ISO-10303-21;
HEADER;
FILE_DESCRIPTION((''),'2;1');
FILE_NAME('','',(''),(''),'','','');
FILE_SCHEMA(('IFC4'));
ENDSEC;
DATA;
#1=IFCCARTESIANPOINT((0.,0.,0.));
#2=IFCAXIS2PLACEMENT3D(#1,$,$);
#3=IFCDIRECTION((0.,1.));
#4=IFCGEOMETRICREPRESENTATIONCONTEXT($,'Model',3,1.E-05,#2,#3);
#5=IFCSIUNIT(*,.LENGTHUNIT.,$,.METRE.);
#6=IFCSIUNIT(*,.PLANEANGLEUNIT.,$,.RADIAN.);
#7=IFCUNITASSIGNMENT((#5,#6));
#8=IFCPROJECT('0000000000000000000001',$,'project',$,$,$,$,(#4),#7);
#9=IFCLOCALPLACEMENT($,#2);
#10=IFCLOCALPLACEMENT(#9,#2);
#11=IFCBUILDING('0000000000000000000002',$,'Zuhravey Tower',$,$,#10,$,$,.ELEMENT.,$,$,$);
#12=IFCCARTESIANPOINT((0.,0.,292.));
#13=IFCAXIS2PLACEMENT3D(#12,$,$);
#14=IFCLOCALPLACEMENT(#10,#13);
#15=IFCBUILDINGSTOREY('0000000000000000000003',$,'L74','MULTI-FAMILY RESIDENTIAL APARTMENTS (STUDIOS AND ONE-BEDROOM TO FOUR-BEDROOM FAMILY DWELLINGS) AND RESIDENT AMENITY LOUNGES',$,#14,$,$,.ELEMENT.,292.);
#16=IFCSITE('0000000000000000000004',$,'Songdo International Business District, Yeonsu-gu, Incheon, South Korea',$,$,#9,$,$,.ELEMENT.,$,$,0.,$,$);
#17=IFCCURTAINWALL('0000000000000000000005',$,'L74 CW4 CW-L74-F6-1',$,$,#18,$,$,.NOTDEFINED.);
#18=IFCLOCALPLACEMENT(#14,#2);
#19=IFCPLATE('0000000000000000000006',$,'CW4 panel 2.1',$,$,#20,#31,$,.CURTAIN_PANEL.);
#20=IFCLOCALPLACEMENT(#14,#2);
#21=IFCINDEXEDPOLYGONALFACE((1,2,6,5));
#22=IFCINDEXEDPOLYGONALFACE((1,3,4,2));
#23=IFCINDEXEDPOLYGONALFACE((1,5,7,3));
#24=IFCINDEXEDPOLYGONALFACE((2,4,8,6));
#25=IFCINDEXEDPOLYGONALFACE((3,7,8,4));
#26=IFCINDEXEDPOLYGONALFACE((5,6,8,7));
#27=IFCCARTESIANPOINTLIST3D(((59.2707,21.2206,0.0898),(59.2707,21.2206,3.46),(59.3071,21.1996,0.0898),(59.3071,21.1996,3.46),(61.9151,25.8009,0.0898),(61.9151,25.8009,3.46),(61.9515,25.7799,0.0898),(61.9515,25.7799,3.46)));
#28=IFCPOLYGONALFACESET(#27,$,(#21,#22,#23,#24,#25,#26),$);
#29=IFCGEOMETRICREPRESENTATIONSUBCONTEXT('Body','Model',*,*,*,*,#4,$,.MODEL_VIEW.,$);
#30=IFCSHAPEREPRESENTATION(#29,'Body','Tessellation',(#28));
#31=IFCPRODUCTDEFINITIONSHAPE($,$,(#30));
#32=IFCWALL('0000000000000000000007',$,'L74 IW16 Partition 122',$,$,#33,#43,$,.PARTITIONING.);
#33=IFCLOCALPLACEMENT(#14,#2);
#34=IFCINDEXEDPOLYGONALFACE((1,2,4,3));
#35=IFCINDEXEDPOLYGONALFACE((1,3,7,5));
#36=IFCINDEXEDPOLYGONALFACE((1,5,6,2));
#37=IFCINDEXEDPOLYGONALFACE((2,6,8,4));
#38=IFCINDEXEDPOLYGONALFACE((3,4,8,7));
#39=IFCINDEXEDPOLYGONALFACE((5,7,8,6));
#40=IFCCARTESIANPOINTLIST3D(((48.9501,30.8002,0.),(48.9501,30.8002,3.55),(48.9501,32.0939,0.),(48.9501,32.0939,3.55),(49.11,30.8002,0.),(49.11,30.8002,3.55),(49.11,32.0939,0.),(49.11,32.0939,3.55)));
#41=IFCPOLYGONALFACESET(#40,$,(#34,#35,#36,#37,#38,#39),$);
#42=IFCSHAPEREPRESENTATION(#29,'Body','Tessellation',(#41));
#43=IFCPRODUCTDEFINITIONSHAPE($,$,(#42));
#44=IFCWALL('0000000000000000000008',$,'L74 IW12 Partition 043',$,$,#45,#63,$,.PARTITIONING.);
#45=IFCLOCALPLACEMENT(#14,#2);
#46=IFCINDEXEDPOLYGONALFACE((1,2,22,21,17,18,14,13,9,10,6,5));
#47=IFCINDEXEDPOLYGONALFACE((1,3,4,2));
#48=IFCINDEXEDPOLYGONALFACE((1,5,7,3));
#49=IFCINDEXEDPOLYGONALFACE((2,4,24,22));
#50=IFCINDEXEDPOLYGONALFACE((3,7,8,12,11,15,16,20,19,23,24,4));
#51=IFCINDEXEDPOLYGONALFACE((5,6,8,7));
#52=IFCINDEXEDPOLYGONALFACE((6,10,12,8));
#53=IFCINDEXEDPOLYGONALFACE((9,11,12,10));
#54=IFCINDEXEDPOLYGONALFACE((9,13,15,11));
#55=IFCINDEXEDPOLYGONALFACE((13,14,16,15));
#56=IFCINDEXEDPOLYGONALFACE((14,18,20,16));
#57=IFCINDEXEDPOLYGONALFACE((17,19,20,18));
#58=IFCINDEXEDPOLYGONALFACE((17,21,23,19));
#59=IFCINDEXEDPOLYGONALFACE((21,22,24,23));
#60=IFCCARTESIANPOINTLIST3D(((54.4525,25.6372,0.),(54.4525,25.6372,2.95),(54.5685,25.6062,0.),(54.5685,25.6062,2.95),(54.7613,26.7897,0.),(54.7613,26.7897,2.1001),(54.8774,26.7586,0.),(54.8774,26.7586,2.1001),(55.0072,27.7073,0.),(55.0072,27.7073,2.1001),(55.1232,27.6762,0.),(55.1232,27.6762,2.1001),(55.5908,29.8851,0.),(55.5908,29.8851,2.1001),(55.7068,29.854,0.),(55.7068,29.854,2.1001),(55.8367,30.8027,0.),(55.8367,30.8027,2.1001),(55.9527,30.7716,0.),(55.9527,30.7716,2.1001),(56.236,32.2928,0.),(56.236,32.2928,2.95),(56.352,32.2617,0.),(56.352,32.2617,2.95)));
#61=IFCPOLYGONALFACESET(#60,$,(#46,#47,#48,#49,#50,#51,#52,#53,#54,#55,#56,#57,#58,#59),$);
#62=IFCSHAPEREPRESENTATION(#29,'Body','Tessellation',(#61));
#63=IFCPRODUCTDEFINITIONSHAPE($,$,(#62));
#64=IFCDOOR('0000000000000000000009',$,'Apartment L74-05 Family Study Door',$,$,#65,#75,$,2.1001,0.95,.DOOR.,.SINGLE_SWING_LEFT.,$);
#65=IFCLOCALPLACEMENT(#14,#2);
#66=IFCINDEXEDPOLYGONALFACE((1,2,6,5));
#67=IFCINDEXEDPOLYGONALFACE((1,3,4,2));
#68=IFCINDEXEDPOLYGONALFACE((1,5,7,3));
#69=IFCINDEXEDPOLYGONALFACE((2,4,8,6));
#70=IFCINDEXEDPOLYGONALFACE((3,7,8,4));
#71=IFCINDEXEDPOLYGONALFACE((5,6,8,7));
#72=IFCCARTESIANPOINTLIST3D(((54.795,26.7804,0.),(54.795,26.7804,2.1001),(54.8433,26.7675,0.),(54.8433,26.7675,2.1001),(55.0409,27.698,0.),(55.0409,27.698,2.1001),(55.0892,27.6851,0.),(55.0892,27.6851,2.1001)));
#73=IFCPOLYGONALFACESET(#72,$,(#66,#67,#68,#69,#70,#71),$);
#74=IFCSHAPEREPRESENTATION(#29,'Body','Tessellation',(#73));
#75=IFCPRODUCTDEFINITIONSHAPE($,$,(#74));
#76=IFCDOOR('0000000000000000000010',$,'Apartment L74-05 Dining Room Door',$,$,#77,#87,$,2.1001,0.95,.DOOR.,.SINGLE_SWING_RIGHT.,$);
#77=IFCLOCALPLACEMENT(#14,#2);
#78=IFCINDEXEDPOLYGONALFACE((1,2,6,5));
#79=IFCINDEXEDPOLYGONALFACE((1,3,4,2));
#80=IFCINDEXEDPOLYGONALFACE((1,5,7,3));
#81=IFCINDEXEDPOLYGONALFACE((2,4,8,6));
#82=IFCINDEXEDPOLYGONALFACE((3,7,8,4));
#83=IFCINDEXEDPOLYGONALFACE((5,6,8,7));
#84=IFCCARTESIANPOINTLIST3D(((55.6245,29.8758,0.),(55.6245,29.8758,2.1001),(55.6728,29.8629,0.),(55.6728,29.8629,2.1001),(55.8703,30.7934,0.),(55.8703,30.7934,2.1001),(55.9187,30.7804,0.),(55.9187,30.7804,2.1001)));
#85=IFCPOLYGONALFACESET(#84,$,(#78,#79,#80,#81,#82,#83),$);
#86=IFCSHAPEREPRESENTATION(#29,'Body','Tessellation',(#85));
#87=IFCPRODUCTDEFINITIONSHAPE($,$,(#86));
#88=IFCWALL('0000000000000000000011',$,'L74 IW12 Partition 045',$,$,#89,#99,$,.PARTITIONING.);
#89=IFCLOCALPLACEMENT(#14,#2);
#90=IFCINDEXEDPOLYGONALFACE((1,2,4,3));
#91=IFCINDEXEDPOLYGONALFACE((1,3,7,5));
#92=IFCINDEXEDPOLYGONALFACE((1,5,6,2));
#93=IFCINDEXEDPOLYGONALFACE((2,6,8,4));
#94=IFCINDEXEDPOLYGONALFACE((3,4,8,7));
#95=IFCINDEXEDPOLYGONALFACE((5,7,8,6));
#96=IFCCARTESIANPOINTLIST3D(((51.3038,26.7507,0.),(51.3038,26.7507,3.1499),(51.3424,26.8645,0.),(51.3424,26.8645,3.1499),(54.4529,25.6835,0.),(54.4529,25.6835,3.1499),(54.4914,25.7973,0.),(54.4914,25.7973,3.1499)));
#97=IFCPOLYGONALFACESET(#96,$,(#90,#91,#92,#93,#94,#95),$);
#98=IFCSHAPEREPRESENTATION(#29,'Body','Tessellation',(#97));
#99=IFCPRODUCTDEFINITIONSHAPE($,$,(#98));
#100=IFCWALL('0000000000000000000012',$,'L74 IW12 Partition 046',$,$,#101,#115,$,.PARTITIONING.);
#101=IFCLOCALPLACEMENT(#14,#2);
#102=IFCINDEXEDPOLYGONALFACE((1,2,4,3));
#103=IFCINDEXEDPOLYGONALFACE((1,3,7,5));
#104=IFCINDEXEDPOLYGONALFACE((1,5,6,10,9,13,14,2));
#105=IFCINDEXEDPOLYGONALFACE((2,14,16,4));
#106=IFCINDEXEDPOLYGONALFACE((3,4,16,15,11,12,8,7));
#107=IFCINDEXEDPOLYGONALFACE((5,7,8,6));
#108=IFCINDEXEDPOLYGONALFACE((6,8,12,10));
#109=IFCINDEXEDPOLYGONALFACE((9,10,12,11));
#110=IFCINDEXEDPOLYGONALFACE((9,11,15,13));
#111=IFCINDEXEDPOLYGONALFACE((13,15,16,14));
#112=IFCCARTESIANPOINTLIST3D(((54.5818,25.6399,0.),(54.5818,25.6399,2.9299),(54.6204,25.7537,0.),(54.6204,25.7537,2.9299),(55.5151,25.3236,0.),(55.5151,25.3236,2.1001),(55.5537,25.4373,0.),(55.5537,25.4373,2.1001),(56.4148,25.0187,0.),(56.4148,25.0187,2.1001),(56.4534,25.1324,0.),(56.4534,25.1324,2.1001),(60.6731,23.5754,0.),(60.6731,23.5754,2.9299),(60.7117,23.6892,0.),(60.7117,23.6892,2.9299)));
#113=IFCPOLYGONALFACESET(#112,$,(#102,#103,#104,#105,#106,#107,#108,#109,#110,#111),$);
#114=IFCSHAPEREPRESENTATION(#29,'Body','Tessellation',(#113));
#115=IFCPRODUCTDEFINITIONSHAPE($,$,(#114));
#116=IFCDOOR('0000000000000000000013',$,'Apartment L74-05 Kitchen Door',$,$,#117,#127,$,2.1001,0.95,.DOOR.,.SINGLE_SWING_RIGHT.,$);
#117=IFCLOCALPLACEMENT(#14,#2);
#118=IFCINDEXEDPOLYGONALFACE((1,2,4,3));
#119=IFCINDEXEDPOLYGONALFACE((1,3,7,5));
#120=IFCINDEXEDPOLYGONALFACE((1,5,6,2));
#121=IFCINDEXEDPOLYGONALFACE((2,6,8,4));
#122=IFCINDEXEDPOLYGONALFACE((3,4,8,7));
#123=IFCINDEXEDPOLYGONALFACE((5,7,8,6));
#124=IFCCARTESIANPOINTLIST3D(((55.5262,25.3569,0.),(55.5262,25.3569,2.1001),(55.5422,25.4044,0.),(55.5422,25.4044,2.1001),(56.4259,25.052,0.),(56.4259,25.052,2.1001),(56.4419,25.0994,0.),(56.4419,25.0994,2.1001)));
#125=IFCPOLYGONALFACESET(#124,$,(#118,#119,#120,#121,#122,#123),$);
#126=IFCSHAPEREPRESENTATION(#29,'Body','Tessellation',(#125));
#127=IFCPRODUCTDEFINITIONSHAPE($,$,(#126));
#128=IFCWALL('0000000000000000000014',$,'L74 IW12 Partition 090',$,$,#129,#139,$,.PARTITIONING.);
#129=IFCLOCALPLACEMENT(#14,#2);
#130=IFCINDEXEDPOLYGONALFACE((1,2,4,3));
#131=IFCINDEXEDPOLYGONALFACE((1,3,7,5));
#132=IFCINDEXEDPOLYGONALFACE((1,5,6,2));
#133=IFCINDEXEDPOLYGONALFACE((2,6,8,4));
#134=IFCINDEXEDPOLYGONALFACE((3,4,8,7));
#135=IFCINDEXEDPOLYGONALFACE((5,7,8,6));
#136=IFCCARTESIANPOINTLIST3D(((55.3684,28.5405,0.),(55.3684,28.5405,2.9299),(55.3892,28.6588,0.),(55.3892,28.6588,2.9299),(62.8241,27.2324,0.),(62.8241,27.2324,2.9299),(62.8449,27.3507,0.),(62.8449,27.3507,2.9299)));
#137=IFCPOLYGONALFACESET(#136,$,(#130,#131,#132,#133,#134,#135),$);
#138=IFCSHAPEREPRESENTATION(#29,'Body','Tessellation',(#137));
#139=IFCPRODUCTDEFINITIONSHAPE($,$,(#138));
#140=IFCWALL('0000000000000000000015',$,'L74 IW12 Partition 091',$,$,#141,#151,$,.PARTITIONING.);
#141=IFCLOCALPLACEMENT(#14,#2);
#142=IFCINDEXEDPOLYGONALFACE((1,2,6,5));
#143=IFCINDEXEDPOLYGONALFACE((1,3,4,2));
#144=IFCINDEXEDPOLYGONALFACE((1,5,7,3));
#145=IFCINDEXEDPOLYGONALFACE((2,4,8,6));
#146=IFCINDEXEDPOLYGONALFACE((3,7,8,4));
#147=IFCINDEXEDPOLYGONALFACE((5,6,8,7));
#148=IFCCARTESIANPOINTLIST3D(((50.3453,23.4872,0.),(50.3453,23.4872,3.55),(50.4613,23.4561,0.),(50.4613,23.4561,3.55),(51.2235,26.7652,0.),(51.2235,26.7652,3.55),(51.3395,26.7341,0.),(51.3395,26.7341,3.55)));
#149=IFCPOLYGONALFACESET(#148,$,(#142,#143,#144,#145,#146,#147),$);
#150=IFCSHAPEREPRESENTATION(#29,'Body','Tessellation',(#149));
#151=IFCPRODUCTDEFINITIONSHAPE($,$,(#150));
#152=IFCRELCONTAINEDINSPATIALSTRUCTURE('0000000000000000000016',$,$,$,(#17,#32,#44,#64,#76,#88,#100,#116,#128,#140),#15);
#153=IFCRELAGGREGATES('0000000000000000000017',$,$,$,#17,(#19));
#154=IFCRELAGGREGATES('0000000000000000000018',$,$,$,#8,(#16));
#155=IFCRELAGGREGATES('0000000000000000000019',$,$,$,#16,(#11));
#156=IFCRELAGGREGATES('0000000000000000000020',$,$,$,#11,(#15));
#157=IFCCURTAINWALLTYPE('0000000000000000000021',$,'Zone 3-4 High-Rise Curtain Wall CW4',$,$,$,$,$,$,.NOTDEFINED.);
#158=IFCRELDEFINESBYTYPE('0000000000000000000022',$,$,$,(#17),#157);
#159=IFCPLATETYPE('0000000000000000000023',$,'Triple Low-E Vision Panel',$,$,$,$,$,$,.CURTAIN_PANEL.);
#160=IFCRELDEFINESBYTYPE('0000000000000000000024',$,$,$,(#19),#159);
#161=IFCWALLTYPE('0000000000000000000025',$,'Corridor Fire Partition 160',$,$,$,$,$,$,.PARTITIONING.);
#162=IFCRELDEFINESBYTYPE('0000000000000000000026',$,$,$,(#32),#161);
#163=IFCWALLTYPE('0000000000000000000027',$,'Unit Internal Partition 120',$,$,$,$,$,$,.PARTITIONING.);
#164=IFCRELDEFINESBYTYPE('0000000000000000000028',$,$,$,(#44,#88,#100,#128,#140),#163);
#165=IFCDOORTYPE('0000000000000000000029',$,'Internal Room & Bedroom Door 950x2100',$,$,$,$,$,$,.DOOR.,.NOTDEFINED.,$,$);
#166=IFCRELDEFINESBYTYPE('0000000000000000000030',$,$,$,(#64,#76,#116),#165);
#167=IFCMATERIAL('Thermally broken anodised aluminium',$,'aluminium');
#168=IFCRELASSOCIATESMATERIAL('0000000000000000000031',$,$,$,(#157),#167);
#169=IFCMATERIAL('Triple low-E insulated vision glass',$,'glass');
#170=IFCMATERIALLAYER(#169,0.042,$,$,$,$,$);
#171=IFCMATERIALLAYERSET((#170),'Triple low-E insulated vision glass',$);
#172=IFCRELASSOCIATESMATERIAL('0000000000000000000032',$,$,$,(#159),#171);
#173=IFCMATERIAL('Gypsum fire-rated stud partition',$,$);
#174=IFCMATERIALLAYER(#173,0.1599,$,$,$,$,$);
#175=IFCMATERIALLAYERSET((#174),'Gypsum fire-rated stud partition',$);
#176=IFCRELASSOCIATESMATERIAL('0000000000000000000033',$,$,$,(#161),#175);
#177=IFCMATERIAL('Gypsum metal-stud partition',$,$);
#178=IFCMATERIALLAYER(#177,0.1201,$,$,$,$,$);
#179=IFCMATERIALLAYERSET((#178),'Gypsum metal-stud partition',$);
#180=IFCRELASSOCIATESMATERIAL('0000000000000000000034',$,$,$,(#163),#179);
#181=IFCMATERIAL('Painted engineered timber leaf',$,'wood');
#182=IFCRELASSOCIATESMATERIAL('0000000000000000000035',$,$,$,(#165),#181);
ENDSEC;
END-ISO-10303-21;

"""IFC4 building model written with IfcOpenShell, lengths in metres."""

from ifc_helpers import new_model, si_unit, direction, frame, frame_2d, origin, origin_2d, place, context, subcontext, project, spatial, rectangle, extrude, material, layer, layer_set, type_object, element, fill, aggregate, save


model = new_model("IFC4")

# Units and contexts
model_context = context("Model", 3, precision=1e-05, world=origin(), true_north=direction((0.0, 1.0)))
body_context = subcontext(model_context, "Body", "Model", "MODEL_VIEW")
ifc_project = project(units=[si_unit("LENGTHUNIT", "METRE"), si_unit("PLANEANGLEUNIT", "RADIAN")], contexts=[model_context])

# Site, building, storey
site_placement = place(None, origin())
site = spatial("IfcSite", under=ifc_project, at=site_placement, Name="Songdo International Business District, Yeonsu-gu, Incheon, South Korea", CompositionType="ELEMENT", RefElevation=0.0)
building_placement = place(site_placement, origin())
building = spatial("IfcBuilding", under=site, at=building_placement, Name="Zuhravey Tower", CompositionType="ELEMENT")
storey_placement = place(building_placement, frame((0.0, 0.0, 292.0)))
storey = spatial("IfcBuildingStorey", under=building, at=storey_placement, Name="L74", Description="MULTI-FAMILY RESIDENTIAL APARTMENTS (STUDIOS AND ONE-BEDROOM TO FOUR-BEDROOM FAMILY DWELLINGS) AND RESIDENT AMENITY LOUNGES", CompositionType="ELEMENT", Elevation=292.0)

# Curtain wall
ifc_material_1 = material(Name="Thermally broken anodised aluminium", Category="aluminium")
curtain_wall_type = type_object("IfcCurtainWallType", Name="Zone 3-4 High-Rise Curtain Wall CW4", PredefinedType="NOTDEFINED", material=ifc_material_1)
curtain_wall_placement = place(storey_placement, origin())
curtain_wall = element("IfcCurtainWall", 1, at=curtain_wall_placement, inside=storey, type_object=curtain_wall_type, Name="L74 CW4 CW-L74-F6-1", PredefinedType="NOTDEFINED")

# Plate
ifc_material_2 = material(Name="Triple low-E insulated vision glass", Category="glass")
ifc_layer_1 = layer(ifc_material_2, 0.042)
ifc_layer_set_1 = layer_set([ifc_layer_1], Name="Triple low-E insulated vision glass")
plate_type_1 = type_object("IfcPlateType", Name="Triple Low-E Vision Panel", PredefinedType="CURTAIN_PANEL", material=ifc_layer_set_1)
plate_1_placement = place(storey_placement, frame((60.6111, 23.5002, 0.0898), z_axis=(0.0, 0.0, 1.0), x_axis=(-0.5, -0.866026, 0.0)))
plate_1 = element("IfcPlate", 2, at=plate_1_placement, type_object=plate_type_1, Name="CW4 panel 2.1", PredefinedType="CURTAIN_PANEL", context=body_context, shape_type="SweptSolid", body=[
    extrude(rectangle(XDim=5.2888, YDim=0.042, at=origin_2d()), origin(), (0.0, 0.0, 1.0), 3.3701),
])
aggregate(curtain_wall, [plate_1])

# Shared definitions
ifc_material_3 = material(Name="Gypsum fire-rated stud partition")
ifc_layer_2 = layer(ifc_material_3, 0.1599)
ifc_layer_set_2 = layer_set([ifc_layer_2], Name="Gypsum fire-rated stud partition")
wall_type_1 = type_object("IfcWallType", Name="Corridor Fire Partition 160", PredefinedType="PARTITIONING", material=ifc_layer_set_2)

# Wall
wall_1_placement = place(storey_placement, frame((49.03, 30.8, 0.0), z_axis=(0.0, 0.0, 1.0), x_axis=(0.0, 1.0, 0.0)))
element("IfcWall", 3, at=wall_1_placement, inside=storey, type_object=wall_type_1, Name="L74 IW16 Partition 122", PredefinedType="PARTITIONING", context=body_context, shape_type="SweptSolid", body=[
    extrude(rectangle(XDim=1.2937, YDim=0.1599, at=frame_2d((0.647, 0.0))), origin(), (0.0, 0.0, 1.0), 3.55),
])

# Wall, openings, doors
ifc_material_4 = material(Name="Gypsum metal-stud partition")
ifc_layer_3 = layer(ifc_material_4, 0.1201)
ifc_layer_set_3 = layer_set([ifc_layer_3], Name="Gypsum metal-stud partition")
wall_type_2 = type_object("IfcWallType", Name="Unit Internal Partition 120", PredefinedType="PARTITIONING", material=ifc_layer_set_3)
wall_2_placement = place(storey_placement, frame((54.5105, 25.6216, 0.0), z_axis=(0.0, 0.0, 1.0), x_axis=(0.258833, 0.965922, 0.0)))
wall_2 = element("IfcWall", 4, at=wall_2_placement, inside=storey, type_object=wall_type_2, Name="L74 IW12 Partition 043", PredefinedType="PARTITIONING", context=body_context, shape_type="SweptSolid", body=[
    extrude(rectangle(XDim=6.8904, YDim=0.1201, at=frame_2d((3.4453, 0.0))), origin(), (0.0, 0.0, 1.0), 2.95),
])
opening_1_placement = place(wall_2_placement, frame((1.1931, 0.0, 0.0)))
opening_1 = element("IfcOpeningElement", 5, at=opening_1_placement, cuts=wall_2, PredefinedType="OPENING", context=body_context, shape_type="SweptSolid", body=[
    extrude(rectangle(XDim=0.95, YDim=2.1001, at=frame_2d((0.4751, 1.05))), frame((0.0, 0.072, 0.0), z_axis=(0.0, -1.0, 0.0), x_axis=(1.0, 0.0, 0.0)), (0.0, 0.0, 1.0), 0.144),
])
opening_2_placement = place(wall_2_placement, frame((4.3977, 0.0, 0.0)))
opening_2 = element("IfcOpeningElement", 6, at=opening_2_placement, cuts=wall_2, PredefinedType="OPENING", context=body_context, shape_type="SweptSolid", body=[
    extrude(rectangle(XDim=0.95, YDim=2.1001, at=frame_2d((0.4751, 1.05))), frame((0.0, 0.072, 0.0), z_axis=(0.0, -1.0, 0.0), x_axis=(1.0, 0.0, 0.0)), (0.0, 0.0, 1.0), 0.144),
])
ifc_material_5 = material(Name="Painted engineered timber leaf", Category="wood")
door_type_1 = type_object("IfcDoorType", Name="Internal Room & Bedroom Door 950x2100", OperationType="NOTDEFINED", PredefinedType="DOOR", material=ifc_material_5)
door_1_placement = place(opening_1_placement, frame((0.95, 0.0, 0.0), z_axis=(0.0, 0.0, 1.0), x_axis=(-1.0, 0.0, 0.0)))
door_1 = element("IfcDoor", 7, at=door_1_placement, inside=storey, type_object=door_type_1, Name="Apartment L74-05 Family Study Door", OperationType="SINGLE_SWING_LEFT", OverallHeight=2.1001, OverallWidth=0.95, PredefinedType="DOOR", context=body_context, shape_type="SweptSolid", body=[
    extrude(rectangle(XDim=0.95, YDim=2.1001, at=frame_2d((0.4751, 1.05))), frame((0.0, 0.0249, 0.0), z_axis=(0.0, -1.0, 0.0), x_axis=(1.0, 0.0, 0.0)), (0.0, 0.0, 1.0), 0.05),
])
fill(opening_1, door_1)
door_2_placement = place(opening_2_placement, frame((0.95, 0.0, 0.0), z_axis=(0.0, 0.0, 1.0), x_axis=(-1.0, 0.0, 0.0)))
door_2 = element("IfcDoor", 8, at=door_2_placement, inside=storey, type_object=door_type_1, Name="Apartment L74-05 Dining Room Door", OperationType="SINGLE_SWING_RIGHT", OverallHeight=2.1001, OverallWidth=0.95, PredefinedType="DOOR", context=body_context, shape_type="SweptSolid", body=[
    extrude(rectangle(XDim=0.95, YDim=2.1001, at=frame_2d((0.4751, 1.05))), frame((0.0, 0.0249, 0.0), z_axis=(0.0, -1.0, 0.0), x_axis=(1.0, 0.0, 0.0)), (0.0, 0.0, 1.0), 0.05),
])
fill(opening_2, door_2)

# Wall
wall_3_placement = place(storey_placement, frame((51.323, 26.8076, 0.0), z_axis=(0.0, 0.0, 1.0), x_axis=(0.947093, -0.32096, 0.0)))
element("IfcWall", 9, at=wall_3_placement, inside=storey, type_object=wall_type_2, Name="L74 IW12 Partition 045", PredefinedType="PARTITIONING", context=body_context, shape_type="SweptSolid", body=[
    extrude(rectangle(XDim=3.325, YDim=0.1201, at=frame_2d((1.6626, 0.0))), origin(), (0.0, 0.0, 1.0), 3.1499),
])

# Wall, opening, door
wall_4_placement = place(storey_placement, frame((54.6011, 25.6968, 0.0), z_axis=(0.0, 0.0, 1.0), x_axis=(0.947085, -0.320984, 0.0)))
wall_4 = element("IfcWall", 10, at=wall_4_placement, inside=storey, type_object=wall_type_2, Name="L74 IW12 Partition 046", PredefinedType="PARTITIONING", context=body_context, shape_type="SweptSolid", body=[
    extrude(rectangle(XDim=6.4316, YDim=0.1201, at=frame_2d((3.2158, 0.0))), origin(), (0.0, 0.0, 1.0), 2.9299),
])
opening_3_placement = place(wall_4_placement, frame((0.9854, 0.0, 0.0)))
opening_3 = element("IfcOpeningElement", 11, at=opening_3_placement, cuts=wall_4, PredefinedType="OPENING", context=body_context, shape_type="SweptSolid", body=[
    extrude(rectangle(XDim=0.95, YDim=2.1001, at=frame_2d((0.4751, 1.05))), frame((0.0, 0.072, 0.0), z_axis=(0.0, -1.0, 0.0), x_axis=(1.0, 0.0, 0.0)), (0.0, 0.0, 1.0), 0.144),
])
door_3_placement = place(opening_3_placement, frame((0.95, 0.0, 0.0), z_axis=(0.0, 0.0, 1.0), x_axis=(-1.0, 0.0, 0.0)))
door_3 = element("IfcDoor", 12, at=door_3_placement, inside=storey, type_object=door_type_1, Name="Apartment L74-05 Kitchen Door", OperationType="SINGLE_SWING_RIGHT", OverallHeight=2.1001, OverallWidth=0.95, PredefinedType="DOOR", context=body_context, shape_type="SweptSolid", body=[
    extrude(rectangle(XDim=0.95, YDim=2.1001, at=frame_2d((0.4751, 1.05))), frame((0.0, 0.0249, 0.0), z_axis=(0.0, -1.0, 0.0), x_axis=(1.0, 0.0, 0.0)), (0.0, 0.0, 1.0), 0.05),
])
fill(opening_3, door_3)

# Walls
wall_5_placement = place(storey_placement, frame((55.3789, 28.5996, 0.0), z_axis=(0.0, 0.0, 1.0), x_axis=(0.984955, -0.172808, 0.0)))
element("IfcWall", 13, at=wall_5_placement, inside=storey, type_object=wall_type_2, Name="L74 IW12 Partition 090", PredefinedType="PARTITIONING", context=body_context, shape_type="SweptSolid", body=[
    extrude(rectangle(XDim=7.5696, YDim=0.1201, at=frame_2d((3.7847, 0.0))), origin(), (0.0, 0.0, 1.0), 2.9299),
])
wall_6_placement = place(storey_placement, frame((50.4033, 23.4717, 0.0), z_axis=(0.0, 0.0, 1.0), x_axis=(0.258768, 0.965939, 0.0)))
element("IfcWall", 14, at=wall_6_placement, inside=storey, type_object=wall_type_2, Name="L74 IW12 Partition 091", PredefinedType="PARTITIONING", context=body_context, shape_type="SweptSolid", body=[
    extrude(rectangle(XDim=3.3936, YDim=0.1201, at=frame_2d((1.6968, 0.0))), origin(), (0.0, 0.0, 1.0), 3.55),
])

save(model, "model.ifc")
